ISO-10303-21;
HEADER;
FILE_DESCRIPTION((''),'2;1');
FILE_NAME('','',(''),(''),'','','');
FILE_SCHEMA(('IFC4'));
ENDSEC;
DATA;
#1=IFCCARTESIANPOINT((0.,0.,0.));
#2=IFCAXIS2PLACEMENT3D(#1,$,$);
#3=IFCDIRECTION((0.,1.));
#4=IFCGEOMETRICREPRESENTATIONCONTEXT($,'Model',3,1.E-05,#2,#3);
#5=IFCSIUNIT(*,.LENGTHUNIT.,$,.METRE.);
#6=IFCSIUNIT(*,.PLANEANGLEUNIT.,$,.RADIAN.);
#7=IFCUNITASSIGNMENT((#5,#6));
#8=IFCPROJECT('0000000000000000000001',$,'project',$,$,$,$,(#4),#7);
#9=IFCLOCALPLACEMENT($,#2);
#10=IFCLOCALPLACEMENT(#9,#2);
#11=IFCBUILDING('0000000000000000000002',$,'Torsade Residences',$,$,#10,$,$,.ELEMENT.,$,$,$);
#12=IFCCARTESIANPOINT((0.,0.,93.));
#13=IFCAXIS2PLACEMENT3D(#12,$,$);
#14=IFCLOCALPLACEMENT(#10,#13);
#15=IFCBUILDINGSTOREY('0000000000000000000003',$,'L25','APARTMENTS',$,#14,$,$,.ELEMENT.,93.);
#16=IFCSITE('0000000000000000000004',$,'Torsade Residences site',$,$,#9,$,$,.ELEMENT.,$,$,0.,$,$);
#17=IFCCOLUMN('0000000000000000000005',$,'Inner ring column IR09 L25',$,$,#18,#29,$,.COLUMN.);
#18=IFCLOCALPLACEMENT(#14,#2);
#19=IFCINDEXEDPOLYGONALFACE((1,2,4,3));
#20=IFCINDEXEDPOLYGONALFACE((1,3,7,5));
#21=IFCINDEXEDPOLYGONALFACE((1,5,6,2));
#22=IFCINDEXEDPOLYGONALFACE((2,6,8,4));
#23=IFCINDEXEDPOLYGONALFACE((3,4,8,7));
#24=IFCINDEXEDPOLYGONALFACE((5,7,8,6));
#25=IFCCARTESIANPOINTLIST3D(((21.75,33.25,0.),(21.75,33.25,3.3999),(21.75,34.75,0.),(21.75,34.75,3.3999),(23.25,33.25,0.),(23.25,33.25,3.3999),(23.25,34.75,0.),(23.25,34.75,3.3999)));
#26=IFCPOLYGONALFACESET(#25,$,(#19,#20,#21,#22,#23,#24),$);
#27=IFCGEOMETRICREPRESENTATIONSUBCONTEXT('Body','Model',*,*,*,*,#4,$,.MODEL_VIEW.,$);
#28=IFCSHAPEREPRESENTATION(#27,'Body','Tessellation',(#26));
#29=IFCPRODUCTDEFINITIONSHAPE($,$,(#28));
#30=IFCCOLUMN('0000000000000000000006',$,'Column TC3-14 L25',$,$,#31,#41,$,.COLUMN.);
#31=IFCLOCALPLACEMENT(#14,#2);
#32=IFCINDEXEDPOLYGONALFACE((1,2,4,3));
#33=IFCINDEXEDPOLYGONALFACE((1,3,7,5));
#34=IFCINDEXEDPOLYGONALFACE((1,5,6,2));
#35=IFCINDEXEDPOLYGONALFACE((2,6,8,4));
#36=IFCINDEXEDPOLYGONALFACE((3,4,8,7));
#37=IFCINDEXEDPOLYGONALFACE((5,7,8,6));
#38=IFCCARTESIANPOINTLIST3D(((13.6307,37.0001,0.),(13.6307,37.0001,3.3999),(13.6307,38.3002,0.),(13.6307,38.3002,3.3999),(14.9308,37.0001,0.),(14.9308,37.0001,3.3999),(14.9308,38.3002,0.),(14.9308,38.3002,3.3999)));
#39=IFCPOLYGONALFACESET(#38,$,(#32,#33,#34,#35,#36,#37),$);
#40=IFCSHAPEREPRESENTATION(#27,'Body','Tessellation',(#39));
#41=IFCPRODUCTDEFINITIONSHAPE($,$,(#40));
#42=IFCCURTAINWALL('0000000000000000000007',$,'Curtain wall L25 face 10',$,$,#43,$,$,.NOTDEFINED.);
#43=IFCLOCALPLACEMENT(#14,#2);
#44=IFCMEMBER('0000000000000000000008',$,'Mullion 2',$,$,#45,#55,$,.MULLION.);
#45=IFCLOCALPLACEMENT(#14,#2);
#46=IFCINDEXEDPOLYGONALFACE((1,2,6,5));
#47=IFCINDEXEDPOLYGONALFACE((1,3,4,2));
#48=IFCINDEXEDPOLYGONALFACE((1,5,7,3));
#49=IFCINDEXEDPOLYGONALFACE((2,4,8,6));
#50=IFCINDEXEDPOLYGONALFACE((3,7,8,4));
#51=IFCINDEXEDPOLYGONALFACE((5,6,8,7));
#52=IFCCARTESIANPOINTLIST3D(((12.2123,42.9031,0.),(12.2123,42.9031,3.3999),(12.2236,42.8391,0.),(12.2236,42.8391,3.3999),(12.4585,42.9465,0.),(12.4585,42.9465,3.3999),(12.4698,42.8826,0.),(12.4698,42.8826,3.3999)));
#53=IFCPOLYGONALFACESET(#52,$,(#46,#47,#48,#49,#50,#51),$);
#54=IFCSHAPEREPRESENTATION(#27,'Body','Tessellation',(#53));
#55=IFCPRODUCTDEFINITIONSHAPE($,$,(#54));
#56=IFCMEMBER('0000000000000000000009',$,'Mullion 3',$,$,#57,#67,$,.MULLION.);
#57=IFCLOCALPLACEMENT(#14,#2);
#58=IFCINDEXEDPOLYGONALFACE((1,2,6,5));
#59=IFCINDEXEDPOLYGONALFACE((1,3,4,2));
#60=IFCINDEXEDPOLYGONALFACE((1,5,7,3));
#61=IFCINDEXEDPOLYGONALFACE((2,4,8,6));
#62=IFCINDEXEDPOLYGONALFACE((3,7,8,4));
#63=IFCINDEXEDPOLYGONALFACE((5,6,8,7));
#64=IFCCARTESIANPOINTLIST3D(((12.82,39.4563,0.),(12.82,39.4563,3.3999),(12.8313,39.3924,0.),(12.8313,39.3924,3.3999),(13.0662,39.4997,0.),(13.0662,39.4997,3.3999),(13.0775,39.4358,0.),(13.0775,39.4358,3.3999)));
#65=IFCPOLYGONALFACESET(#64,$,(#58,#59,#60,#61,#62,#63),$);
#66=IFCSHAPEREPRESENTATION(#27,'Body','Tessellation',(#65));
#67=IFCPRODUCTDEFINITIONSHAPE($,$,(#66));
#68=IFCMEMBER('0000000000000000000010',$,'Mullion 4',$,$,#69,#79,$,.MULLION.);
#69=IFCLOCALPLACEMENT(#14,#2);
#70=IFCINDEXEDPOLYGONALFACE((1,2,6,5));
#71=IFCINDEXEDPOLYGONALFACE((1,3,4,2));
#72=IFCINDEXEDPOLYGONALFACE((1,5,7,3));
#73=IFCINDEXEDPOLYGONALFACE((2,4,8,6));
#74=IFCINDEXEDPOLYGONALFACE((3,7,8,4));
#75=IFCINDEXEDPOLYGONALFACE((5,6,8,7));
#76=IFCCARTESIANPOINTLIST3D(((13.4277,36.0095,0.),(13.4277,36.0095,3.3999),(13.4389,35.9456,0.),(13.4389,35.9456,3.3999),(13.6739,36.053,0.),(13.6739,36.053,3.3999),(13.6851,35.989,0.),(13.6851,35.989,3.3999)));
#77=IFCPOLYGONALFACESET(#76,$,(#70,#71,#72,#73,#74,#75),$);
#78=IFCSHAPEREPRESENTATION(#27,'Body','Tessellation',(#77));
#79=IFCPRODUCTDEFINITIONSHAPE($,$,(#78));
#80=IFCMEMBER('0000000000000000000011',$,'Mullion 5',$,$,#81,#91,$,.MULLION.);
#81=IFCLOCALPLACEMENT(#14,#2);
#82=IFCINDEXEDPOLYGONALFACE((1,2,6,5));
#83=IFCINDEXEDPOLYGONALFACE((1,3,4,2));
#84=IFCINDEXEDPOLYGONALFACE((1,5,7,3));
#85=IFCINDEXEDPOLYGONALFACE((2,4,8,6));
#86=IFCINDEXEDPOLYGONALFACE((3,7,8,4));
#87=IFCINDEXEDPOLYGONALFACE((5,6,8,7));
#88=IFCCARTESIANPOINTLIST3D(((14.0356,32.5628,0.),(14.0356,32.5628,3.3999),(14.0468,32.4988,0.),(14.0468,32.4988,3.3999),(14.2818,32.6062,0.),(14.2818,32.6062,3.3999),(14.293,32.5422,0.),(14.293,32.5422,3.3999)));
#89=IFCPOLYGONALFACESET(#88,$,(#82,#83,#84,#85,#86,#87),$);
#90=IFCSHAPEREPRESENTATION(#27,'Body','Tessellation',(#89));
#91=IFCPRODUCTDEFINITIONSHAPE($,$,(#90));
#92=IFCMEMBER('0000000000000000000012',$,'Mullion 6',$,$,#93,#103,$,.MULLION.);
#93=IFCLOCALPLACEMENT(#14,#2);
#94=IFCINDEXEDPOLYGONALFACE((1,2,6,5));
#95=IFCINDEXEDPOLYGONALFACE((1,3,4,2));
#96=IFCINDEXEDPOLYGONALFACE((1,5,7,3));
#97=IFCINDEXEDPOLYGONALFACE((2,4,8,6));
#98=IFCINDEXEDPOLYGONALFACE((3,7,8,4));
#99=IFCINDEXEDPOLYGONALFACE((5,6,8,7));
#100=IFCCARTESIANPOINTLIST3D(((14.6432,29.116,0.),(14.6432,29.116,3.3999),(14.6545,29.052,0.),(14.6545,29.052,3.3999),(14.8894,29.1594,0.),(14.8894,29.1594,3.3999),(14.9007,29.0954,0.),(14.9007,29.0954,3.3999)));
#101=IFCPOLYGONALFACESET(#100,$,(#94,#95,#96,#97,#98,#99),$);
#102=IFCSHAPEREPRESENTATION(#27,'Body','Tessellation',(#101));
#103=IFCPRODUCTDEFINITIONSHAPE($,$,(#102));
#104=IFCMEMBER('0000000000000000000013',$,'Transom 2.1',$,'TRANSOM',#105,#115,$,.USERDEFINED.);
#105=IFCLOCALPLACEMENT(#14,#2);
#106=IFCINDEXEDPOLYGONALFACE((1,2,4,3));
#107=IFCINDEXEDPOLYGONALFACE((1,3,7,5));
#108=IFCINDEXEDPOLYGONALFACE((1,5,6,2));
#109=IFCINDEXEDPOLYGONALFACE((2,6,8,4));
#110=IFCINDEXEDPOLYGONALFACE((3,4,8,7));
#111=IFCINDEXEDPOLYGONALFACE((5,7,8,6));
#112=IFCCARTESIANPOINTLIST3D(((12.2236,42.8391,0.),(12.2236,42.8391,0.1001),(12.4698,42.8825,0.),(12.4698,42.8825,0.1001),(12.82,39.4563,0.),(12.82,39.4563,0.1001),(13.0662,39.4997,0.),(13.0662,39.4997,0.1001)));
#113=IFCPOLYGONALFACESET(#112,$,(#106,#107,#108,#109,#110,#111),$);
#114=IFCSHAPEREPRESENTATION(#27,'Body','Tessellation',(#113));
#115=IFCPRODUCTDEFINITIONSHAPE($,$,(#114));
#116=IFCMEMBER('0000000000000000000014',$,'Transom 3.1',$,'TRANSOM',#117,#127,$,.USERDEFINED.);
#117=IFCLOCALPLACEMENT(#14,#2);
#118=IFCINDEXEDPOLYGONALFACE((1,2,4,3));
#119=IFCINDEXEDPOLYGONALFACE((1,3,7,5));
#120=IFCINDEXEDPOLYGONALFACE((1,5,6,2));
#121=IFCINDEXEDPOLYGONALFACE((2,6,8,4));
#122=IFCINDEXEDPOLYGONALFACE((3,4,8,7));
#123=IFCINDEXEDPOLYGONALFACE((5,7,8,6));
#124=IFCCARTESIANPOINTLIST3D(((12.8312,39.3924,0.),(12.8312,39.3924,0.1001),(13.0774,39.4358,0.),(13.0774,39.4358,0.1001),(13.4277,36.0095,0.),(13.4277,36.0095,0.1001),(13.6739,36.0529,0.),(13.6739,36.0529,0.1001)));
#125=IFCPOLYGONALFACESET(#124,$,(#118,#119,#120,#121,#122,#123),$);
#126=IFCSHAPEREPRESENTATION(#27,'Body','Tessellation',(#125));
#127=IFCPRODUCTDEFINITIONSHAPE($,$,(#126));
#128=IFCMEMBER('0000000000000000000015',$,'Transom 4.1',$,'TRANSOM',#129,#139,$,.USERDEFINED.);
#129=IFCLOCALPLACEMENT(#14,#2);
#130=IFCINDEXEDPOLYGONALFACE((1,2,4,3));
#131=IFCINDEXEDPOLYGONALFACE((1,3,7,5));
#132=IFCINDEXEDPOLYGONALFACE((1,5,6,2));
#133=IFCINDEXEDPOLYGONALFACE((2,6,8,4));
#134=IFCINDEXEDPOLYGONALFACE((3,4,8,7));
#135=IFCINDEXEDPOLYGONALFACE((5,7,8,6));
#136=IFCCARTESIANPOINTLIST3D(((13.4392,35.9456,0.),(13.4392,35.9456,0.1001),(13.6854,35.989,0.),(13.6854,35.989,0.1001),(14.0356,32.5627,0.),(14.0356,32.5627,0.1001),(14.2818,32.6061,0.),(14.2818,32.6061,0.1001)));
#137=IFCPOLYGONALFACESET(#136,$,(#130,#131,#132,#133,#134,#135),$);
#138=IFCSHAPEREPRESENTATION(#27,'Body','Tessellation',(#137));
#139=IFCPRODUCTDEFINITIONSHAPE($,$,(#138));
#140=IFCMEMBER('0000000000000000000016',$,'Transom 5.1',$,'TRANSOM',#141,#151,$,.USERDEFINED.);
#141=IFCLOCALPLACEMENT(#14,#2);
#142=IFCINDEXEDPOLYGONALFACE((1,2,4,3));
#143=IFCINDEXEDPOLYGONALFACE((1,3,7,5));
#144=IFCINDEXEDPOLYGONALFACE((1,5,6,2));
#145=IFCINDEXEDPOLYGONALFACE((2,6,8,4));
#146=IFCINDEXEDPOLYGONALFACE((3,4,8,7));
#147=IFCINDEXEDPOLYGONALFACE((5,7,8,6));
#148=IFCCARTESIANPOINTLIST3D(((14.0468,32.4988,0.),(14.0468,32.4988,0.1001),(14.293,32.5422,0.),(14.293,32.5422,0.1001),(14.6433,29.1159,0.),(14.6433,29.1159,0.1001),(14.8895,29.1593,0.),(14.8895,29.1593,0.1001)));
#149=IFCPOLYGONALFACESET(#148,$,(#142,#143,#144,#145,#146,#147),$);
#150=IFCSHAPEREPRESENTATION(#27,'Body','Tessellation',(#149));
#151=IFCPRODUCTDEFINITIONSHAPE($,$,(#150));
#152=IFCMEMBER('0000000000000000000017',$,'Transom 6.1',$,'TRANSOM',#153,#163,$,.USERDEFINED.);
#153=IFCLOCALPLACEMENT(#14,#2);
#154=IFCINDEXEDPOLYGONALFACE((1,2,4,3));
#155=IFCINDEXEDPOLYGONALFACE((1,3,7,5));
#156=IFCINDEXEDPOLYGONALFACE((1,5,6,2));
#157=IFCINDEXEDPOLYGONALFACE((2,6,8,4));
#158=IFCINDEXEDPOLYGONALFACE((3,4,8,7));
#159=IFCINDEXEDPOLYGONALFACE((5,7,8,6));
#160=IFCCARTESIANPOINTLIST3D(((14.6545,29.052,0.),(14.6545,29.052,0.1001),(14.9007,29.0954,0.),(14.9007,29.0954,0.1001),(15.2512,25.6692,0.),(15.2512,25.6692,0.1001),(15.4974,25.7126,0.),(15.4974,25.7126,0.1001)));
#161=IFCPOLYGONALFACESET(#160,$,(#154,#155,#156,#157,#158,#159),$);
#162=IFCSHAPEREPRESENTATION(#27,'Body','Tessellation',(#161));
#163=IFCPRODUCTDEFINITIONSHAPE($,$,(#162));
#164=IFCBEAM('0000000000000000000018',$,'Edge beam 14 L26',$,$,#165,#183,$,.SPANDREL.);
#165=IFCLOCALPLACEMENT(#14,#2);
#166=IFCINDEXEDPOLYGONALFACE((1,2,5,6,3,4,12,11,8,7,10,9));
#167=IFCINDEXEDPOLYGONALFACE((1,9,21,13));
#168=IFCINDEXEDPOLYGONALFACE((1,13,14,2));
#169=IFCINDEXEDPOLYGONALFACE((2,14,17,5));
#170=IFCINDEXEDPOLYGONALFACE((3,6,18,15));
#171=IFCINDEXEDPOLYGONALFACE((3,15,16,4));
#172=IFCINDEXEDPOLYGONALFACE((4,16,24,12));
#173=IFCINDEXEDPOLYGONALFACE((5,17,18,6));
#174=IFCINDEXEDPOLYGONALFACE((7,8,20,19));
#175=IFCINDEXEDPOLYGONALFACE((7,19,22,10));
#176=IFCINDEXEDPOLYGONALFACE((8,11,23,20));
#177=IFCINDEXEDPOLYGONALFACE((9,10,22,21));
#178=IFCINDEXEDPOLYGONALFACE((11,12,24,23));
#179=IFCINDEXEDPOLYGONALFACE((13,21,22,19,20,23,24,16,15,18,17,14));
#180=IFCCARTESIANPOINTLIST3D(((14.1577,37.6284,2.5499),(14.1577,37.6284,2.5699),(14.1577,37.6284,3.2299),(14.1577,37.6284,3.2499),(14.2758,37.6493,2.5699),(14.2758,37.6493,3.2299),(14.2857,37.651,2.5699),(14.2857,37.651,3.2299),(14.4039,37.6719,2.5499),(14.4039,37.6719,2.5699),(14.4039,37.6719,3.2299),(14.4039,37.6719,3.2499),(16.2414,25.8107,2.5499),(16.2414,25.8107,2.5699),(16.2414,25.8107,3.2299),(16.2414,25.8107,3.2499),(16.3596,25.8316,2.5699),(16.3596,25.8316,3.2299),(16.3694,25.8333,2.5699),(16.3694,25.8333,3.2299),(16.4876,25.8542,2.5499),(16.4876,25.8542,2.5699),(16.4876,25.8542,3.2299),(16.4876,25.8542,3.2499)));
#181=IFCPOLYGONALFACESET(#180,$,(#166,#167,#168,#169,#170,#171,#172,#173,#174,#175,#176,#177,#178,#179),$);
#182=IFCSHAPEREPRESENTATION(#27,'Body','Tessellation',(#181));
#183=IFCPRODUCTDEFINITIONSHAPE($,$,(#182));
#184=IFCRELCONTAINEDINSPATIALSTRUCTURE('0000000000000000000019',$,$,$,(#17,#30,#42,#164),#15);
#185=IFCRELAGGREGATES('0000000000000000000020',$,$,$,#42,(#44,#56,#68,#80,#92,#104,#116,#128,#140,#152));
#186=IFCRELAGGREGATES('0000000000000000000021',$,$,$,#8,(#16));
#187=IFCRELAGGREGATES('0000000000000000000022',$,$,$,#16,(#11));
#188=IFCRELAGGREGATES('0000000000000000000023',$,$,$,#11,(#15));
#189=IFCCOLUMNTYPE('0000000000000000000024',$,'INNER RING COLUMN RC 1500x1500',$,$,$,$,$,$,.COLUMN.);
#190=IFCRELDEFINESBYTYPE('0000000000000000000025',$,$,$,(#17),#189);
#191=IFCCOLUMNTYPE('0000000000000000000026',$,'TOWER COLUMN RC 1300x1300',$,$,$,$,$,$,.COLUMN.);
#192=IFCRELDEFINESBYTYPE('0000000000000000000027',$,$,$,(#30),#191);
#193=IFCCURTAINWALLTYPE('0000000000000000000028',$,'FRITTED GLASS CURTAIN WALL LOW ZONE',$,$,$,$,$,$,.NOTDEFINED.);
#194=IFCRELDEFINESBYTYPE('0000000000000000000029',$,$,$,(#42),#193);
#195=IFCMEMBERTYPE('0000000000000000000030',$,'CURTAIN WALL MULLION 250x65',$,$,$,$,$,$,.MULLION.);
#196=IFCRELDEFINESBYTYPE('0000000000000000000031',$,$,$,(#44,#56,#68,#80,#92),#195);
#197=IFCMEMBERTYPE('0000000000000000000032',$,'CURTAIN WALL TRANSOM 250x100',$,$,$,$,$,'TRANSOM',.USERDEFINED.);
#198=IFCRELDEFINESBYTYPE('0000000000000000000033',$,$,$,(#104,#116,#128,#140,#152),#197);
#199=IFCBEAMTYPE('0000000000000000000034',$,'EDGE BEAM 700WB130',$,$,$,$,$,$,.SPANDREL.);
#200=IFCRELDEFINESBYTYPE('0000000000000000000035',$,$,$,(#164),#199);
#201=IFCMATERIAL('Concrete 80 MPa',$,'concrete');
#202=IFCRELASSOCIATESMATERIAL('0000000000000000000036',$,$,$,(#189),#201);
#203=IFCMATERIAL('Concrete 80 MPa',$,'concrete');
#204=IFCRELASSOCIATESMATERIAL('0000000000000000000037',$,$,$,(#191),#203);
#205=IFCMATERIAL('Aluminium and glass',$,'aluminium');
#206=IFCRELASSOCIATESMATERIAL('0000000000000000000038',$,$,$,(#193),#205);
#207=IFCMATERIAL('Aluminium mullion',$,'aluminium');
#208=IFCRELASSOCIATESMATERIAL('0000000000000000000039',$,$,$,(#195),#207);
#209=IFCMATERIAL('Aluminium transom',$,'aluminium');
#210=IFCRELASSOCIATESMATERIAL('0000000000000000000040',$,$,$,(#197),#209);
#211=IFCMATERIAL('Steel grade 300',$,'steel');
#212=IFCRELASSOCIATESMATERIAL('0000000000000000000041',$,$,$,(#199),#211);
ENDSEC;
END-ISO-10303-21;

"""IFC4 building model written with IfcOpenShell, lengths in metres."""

from ifc_helpers import new_model, si_unit, direction, frame, origin, origin_2d, place, context, subcontext, project, spatial, rectangle, i_section, extrude, material, material_profile, profile_set, type_object, element, aggregate, save


model = new_model("IFC4")

# Units and contexts
model_context = context("Model", 3, precision=1e-05, world=origin(), true_north=direction((0.0, 1.0)))
body_context = subcontext(model_context, "Body", "Model", "MODEL_VIEW")
ifc_project = project(units=[si_unit("LENGTHUNIT", "METRE"), si_unit("PLANEANGLEUNIT", "RADIAN")], contexts=[model_context])

# Site, building, storey
site_placement = place(None, origin())
site = spatial("IfcSite", under=ifc_project, at=site_placement, Name="Torsade Residences site", CompositionType="ELEMENT", RefElevation=0.0)
building_placement = place(site_placement, origin())
building = spatial("IfcBuilding", under=site, at=building_placement, Name="Torsade Residences", CompositionType="ELEMENT")
storey_placement = place(building_placement, frame((0.0, 0.0, 93.0)))
storey = spatial("IfcBuildingStorey", under=building, at=storey_placement, Name="L25", Description="APARTMENTS", CompositionType="ELEMENT", Elevation=93.0)

# Columns
ifc_material_1 = material(Name="Concrete 80 MPa", Category="concrete")
ifc_material_profile_1 = material_profile(ifc_material_1, rectangle(XDim=1.5, YDim=1.5, at=origin_2d()), Name="RC 1500x1500")
ifc_profile_set_1 = profile_set([ifc_material_profile_1], Name="Concrete 80 MPa")
column_type_1 = type_object("IfcColumnType", Name="INNER RING COLUMN RC 1500x1500", PredefinedType="COLUMN", material=ifc_profile_set_1)
column_1_placement = place(storey_placement, frame((22.5, 34.0, 0.0), z_axis=(0.0, 0.0, 1.0), x_axis=(1.0, 0.0, 0.0)))
element("IfcColumn", 1, at=column_1_placement, inside=storey, type_object=column_type_1, Name="Inner ring column IR09 L25", PredefinedType="COLUMN", context=body_context, shape_type="SweptSolid", body=[
    extrude(rectangle(XDim=1.5, YDim=1.5, at=origin_2d()), origin(), (0.0, 0.0, 1.0), 3.3999),
])
ifc_material_2 = material(Name="Concrete 80 MPa", Category="concrete")
ifc_material_profile_2 = material_profile(ifc_material_2, rectangle(XDim=1.3, YDim=1.3, at=origin_2d()), Name="RC 1300x1300")
ifc_profile_set_2 = profile_set([ifc_material_profile_2], Name="Concrete 80 MPa")
column_type_2 = type_object("IfcColumnType", Name="TOWER COLUMN RC 1300x1300", PredefinedType="COLUMN", material=ifc_profile_set_2)
column_2_placement = place(storey_placement, frame((14.2808, 37.6501, 0.0), z_axis=(0.0, 0.0, 1.0), x_axis=(1.0, 0.0, 0.0)))
element("IfcColumn", 2, at=column_2_placement, inside=storey, type_object=column_type_2, Name="Column TC3-14 L25", PredefinedType="COLUMN", context=body_context, shape_type="SweptSolid", body=[
    extrude(rectangle(XDim=1.3, YDim=1.3, at=origin_2d()), origin(), (0.0, 0.0, 1.0), 3.3999),
])

# Curtain wall, members
ifc_material_3 = material(Name="Aluminium and glass", Category="aluminium")
curtain_wall_type = type_object("IfcCurtainWallType", Name="FRITTED GLASS CURTAIN WALL LOW ZONE", PredefinedType="NOTDEFINED", material=ifc_material_3)
curtain_wall_placement = place(storey_placement, origin())
curtain_wall = element("IfcCurtainWall", 3, at=curtain_wall_placement, inside=storey, type_object=curtain_wall_type, Name="Curtain wall L25 face 10", PredefinedType="NOTDEFINED")
ifc_material_4 = material(Name="Aluminium mullion", Category="aluminium")
ifc_material_profile_3 = material_profile(ifc_material_4, rectangle(XDim=0.25, YDim=0.0649, at=origin_2d()), Name="CURTAIN WALL MULLION 250x65")
ifc_profile_set_3 = profile_set([ifc_material_profile_3], Name="Aluminium mullion")
member_type_1 = type_object("IfcMemberType", Name="CURTAIN WALL MULLION 250x65", PredefinedType="MULLION", material=ifc_profile_set_3)
member_1_placement = place(storey_placement, frame((12.3411, 42.8928, 0.0), z_axis=(0.0, 0.0, 1.0), x_axis=(0.984808, 0.173648, 0.0)))
member_1 = element("IfcMember", 4, at=member_1_placement, type_object=member_type_1, Name="Mullion 2", PredefinedType="MULLION", context=body_context, shape_type="SweptSolid", body=[
    extrude(rectangle(XDim=0.25, YDim=0.0649, at=origin_2d()), origin(), (0.0, 0.0, 1.0), 3.3999),
])
member_2_placement = place(storey_placement, frame((12.9487, 39.446, 0.0), z_axis=(0.0, 0.0, 1.0), x_axis=(0.984808, 0.173648, 0.0)))
member_2 = element("IfcMember", 5, at=member_2_placement, type_object=member_type_1, Name="Mullion 3", PredefinedType="MULLION", context=body_context, shape_type="SweptSolid", body=[
    extrude(rectangle(XDim=0.25, YDim=0.0649, at=origin_2d()), origin(), (0.0, 0.0, 1.0), 3.3999),
])
member_3_placement = place(storey_placement, frame((13.5564, 35.9993, 0.0), z_axis=(0.0, 0.0, 1.0), x_axis=(0.984808, 0.173648, 0.0)))
member_3 = element("IfcMember", 6, at=member_3_placement, type_object=member_type_1, Name="Mullion 4", PredefinedType="MULLION", context=body_context, shape_type="SweptSolid", body=[
    extrude(rectangle(XDim=0.25, YDim=0.0649, at=origin_2d()), origin(), (0.0, 0.0, 1.0), 3.3999),
])
member_4_placement = place(storey_placement, frame((14.1643, 32.5525, 0.0), z_axis=(0.0, 0.0, 1.0), x_axis=(0.984808, 0.173648, 0.0)))
member_4 = element("IfcMember", 7, at=member_4_placement, type_object=member_type_1, Name="Mullion 5", PredefinedType="MULLION", context=body_context, shape_type="SweptSolid", body=[
    extrude(rectangle(XDim=0.25, YDim=0.0649, at=origin_2d()), origin(), (0.0, 0.0, 1.0), 3.3999),
])
member_5_placement = place(storey_placement, frame((14.772, 29.1057, 0.0), z_axis=(0.0, 0.0, 1.0), x_axis=(0.984808, 0.173648, 0.0)))
member_5 = element("IfcMember", 8, at=member_5_placement, type_object=member_type_1, Name="Mullion 6", PredefinedType="MULLION", context=body_context, shape_type="SweptSolid", body=[
    extrude(rectangle(XDim=0.25, YDim=0.0649, at=origin_2d()), origin(), (0.0, 0.0, 1.0), 3.3999),
])
ifc_material_5 = material(Name="Aluminium transom", Category="aluminium")
ifc_material_profile_4 = material_profile(ifc_material_5, rectangle(XDim=0.25, YDim=0.1001, at=origin_2d()), Name="CURTAIN WALL TRANSOM 250x100")
ifc_profile_set_4 = profile_set([ifc_material_profile_4], Name="Aluminium transom")
member_type_2 = type_object("IfcMemberType", Name="CURTAIN WALL TRANSOM 250x100", ElementType="TRANSOM", PredefinedType="USERDEFINED", material=ifc_profile_set_4)
member_6_placement = place(storey_placement, frame((12.3467, 42.8608, 0.05), z_axis=(0.173635, -0.98481, 0.0), x_axis=(0.98481, 0.173635, 0.0)))
member_6 = element("IfcMember", 9, at=member_6_placement, type_object=member_type_2, Name="Transom 2.1", ObjectType="TRANSOM", PredefinedType="USERDEFINED", context=body_context, shape_type="SweptSolid", body=[
    extrude(rectangle(XDim=0.25, YDim=0.1001, at=origin_2d()), origin(), (0.0, 0.0, 1.0), 3.4351),
])
member_7_placement = place(storey_placement, frame((12.9543, 39.4141, 0.05), z_axis=(0.173635, -0.98481, 0.0), x_axis=(0.98481, 0.173635, 0.0)))
member_7 = element("IfcMember", 10, at=member_7_placement, type_object=member_type_2, Name="Transom 3.1", ObjectType="TRANSOM", PredefinedType="USERDEFINED", context=body_context, shape_type="SweptSolid", body=[
    extrude(rectangle(XDim=0.25, YDim=0.1001, at=origin_2d()), origin(), (0.0, 0.0, 1.0), 3.4351),
])
member_8_placement = place(storey_placement, frame((13.5623, 35.9673, 0.05), z_axis=(0.173635, -0.98481, 0.0), x_axis=(0.98481, 0.173635, 0.0)))
member_8 = element("IfcMember", 11, at=member_8_placement, type_object=member_type_2, Name="Transom 4.1", ObjectType="TRANSOM", PredefinedType="USERDEFINED", context=body_context, shape_type="SweptSolid", body=[
    extrude(rectangle(XDim=0.25, YDim=0.1001, at=origin_2d()), origin(), (0.0, 0.0, 1.0), 3.4351),
])
member_9_placement = place(storey_placement, frame((14.1699, 32.5205, 0.05), z_axis=(0.173635, -0.98481, 0.0), x_axis=(0.98481, 0.173635, 0.0)))
member_9 = element("IfcMember", 12, at=member_9_placement, type_object=member_type_2, Name="Transom 5.1", ObjectType="TRANSOM", PredefinedType="USERDEFINED", context=body_context, shape_type="SweptSolid", body=[
    extrude(rectangle(XDim=0.25, YDim=0.1001, at=origin_2d()), origin(), (0.0, 0.0, 1.0), 3.4351),
])
member_10_placement = place(storey_placement, frame((14.7776, 29.0737, 0.05), z_axis=(0.173704, -0.984798, 0.0), x_axis=(0.984798, 0.173704, 0.0)))
member_10 = element("IfcMember", 13, at=member_10_placement, type_object=member_type_2, Name="Transom 6.1", ObjectType="TRANSOM", PredefinedType="USERDEFINED", context=body_context, shape_type="SweptSolid", body=[
    extrude(rectangle(XDim=0.25, YDim=0.1001, at=origin_2d()), origin(), (0.0, 0.0, 1.0), 3.4351),
])

# Beam
ifc_material_6 = material(Name="Steel grade 300", Category="steel")
ifc_material_profile_5 = material_profile(ifc_material_6, i_section(OverallWidth=0.25, OverallDepth=0.7, WebThickness=0.01, FlangeThickness=0.02, at=origin_2d()), Name="700WB130")
ifc_profile_set_5 = profile_set([ifc_material_profile_5], Name="Steel grade 300")
beam_type_1 = type_object("IfcBeamType", Name="EDGE BEAM 700WB130", PredefinedType="SPANDREL", material=ifc_profile_set_5)
beam_1_placement = place(storey_placement, frame((14.2808, 37.6501, 2.8999), z_axis=(0.173646, -0.984808, 0.0), x_axis=(0.984808, 0.173646, 0.0)))
element("IfcBeam", 14, at=beam_1_placement, inside=storey, type_object=beam_type_1, Name="Edge beam 14 L26", PredefinedType="SPANDREL", context=body_context, shape_type="SweptSolid", body=[
    extrude(i_section(OverallWidth=0.25, OverallDepth=0.7, WebThickness=0.01, FlangeThickness=0.02, at=origin_2d()), origin(), (0.0, 0.0, 1.0), 12.0),
])

aggregate(curtain_wall, [member_1, member_2, member_3, member_4, member_5, member_6, member_7, member_8, member_9, member_10])

save(model, "model.ifc")
